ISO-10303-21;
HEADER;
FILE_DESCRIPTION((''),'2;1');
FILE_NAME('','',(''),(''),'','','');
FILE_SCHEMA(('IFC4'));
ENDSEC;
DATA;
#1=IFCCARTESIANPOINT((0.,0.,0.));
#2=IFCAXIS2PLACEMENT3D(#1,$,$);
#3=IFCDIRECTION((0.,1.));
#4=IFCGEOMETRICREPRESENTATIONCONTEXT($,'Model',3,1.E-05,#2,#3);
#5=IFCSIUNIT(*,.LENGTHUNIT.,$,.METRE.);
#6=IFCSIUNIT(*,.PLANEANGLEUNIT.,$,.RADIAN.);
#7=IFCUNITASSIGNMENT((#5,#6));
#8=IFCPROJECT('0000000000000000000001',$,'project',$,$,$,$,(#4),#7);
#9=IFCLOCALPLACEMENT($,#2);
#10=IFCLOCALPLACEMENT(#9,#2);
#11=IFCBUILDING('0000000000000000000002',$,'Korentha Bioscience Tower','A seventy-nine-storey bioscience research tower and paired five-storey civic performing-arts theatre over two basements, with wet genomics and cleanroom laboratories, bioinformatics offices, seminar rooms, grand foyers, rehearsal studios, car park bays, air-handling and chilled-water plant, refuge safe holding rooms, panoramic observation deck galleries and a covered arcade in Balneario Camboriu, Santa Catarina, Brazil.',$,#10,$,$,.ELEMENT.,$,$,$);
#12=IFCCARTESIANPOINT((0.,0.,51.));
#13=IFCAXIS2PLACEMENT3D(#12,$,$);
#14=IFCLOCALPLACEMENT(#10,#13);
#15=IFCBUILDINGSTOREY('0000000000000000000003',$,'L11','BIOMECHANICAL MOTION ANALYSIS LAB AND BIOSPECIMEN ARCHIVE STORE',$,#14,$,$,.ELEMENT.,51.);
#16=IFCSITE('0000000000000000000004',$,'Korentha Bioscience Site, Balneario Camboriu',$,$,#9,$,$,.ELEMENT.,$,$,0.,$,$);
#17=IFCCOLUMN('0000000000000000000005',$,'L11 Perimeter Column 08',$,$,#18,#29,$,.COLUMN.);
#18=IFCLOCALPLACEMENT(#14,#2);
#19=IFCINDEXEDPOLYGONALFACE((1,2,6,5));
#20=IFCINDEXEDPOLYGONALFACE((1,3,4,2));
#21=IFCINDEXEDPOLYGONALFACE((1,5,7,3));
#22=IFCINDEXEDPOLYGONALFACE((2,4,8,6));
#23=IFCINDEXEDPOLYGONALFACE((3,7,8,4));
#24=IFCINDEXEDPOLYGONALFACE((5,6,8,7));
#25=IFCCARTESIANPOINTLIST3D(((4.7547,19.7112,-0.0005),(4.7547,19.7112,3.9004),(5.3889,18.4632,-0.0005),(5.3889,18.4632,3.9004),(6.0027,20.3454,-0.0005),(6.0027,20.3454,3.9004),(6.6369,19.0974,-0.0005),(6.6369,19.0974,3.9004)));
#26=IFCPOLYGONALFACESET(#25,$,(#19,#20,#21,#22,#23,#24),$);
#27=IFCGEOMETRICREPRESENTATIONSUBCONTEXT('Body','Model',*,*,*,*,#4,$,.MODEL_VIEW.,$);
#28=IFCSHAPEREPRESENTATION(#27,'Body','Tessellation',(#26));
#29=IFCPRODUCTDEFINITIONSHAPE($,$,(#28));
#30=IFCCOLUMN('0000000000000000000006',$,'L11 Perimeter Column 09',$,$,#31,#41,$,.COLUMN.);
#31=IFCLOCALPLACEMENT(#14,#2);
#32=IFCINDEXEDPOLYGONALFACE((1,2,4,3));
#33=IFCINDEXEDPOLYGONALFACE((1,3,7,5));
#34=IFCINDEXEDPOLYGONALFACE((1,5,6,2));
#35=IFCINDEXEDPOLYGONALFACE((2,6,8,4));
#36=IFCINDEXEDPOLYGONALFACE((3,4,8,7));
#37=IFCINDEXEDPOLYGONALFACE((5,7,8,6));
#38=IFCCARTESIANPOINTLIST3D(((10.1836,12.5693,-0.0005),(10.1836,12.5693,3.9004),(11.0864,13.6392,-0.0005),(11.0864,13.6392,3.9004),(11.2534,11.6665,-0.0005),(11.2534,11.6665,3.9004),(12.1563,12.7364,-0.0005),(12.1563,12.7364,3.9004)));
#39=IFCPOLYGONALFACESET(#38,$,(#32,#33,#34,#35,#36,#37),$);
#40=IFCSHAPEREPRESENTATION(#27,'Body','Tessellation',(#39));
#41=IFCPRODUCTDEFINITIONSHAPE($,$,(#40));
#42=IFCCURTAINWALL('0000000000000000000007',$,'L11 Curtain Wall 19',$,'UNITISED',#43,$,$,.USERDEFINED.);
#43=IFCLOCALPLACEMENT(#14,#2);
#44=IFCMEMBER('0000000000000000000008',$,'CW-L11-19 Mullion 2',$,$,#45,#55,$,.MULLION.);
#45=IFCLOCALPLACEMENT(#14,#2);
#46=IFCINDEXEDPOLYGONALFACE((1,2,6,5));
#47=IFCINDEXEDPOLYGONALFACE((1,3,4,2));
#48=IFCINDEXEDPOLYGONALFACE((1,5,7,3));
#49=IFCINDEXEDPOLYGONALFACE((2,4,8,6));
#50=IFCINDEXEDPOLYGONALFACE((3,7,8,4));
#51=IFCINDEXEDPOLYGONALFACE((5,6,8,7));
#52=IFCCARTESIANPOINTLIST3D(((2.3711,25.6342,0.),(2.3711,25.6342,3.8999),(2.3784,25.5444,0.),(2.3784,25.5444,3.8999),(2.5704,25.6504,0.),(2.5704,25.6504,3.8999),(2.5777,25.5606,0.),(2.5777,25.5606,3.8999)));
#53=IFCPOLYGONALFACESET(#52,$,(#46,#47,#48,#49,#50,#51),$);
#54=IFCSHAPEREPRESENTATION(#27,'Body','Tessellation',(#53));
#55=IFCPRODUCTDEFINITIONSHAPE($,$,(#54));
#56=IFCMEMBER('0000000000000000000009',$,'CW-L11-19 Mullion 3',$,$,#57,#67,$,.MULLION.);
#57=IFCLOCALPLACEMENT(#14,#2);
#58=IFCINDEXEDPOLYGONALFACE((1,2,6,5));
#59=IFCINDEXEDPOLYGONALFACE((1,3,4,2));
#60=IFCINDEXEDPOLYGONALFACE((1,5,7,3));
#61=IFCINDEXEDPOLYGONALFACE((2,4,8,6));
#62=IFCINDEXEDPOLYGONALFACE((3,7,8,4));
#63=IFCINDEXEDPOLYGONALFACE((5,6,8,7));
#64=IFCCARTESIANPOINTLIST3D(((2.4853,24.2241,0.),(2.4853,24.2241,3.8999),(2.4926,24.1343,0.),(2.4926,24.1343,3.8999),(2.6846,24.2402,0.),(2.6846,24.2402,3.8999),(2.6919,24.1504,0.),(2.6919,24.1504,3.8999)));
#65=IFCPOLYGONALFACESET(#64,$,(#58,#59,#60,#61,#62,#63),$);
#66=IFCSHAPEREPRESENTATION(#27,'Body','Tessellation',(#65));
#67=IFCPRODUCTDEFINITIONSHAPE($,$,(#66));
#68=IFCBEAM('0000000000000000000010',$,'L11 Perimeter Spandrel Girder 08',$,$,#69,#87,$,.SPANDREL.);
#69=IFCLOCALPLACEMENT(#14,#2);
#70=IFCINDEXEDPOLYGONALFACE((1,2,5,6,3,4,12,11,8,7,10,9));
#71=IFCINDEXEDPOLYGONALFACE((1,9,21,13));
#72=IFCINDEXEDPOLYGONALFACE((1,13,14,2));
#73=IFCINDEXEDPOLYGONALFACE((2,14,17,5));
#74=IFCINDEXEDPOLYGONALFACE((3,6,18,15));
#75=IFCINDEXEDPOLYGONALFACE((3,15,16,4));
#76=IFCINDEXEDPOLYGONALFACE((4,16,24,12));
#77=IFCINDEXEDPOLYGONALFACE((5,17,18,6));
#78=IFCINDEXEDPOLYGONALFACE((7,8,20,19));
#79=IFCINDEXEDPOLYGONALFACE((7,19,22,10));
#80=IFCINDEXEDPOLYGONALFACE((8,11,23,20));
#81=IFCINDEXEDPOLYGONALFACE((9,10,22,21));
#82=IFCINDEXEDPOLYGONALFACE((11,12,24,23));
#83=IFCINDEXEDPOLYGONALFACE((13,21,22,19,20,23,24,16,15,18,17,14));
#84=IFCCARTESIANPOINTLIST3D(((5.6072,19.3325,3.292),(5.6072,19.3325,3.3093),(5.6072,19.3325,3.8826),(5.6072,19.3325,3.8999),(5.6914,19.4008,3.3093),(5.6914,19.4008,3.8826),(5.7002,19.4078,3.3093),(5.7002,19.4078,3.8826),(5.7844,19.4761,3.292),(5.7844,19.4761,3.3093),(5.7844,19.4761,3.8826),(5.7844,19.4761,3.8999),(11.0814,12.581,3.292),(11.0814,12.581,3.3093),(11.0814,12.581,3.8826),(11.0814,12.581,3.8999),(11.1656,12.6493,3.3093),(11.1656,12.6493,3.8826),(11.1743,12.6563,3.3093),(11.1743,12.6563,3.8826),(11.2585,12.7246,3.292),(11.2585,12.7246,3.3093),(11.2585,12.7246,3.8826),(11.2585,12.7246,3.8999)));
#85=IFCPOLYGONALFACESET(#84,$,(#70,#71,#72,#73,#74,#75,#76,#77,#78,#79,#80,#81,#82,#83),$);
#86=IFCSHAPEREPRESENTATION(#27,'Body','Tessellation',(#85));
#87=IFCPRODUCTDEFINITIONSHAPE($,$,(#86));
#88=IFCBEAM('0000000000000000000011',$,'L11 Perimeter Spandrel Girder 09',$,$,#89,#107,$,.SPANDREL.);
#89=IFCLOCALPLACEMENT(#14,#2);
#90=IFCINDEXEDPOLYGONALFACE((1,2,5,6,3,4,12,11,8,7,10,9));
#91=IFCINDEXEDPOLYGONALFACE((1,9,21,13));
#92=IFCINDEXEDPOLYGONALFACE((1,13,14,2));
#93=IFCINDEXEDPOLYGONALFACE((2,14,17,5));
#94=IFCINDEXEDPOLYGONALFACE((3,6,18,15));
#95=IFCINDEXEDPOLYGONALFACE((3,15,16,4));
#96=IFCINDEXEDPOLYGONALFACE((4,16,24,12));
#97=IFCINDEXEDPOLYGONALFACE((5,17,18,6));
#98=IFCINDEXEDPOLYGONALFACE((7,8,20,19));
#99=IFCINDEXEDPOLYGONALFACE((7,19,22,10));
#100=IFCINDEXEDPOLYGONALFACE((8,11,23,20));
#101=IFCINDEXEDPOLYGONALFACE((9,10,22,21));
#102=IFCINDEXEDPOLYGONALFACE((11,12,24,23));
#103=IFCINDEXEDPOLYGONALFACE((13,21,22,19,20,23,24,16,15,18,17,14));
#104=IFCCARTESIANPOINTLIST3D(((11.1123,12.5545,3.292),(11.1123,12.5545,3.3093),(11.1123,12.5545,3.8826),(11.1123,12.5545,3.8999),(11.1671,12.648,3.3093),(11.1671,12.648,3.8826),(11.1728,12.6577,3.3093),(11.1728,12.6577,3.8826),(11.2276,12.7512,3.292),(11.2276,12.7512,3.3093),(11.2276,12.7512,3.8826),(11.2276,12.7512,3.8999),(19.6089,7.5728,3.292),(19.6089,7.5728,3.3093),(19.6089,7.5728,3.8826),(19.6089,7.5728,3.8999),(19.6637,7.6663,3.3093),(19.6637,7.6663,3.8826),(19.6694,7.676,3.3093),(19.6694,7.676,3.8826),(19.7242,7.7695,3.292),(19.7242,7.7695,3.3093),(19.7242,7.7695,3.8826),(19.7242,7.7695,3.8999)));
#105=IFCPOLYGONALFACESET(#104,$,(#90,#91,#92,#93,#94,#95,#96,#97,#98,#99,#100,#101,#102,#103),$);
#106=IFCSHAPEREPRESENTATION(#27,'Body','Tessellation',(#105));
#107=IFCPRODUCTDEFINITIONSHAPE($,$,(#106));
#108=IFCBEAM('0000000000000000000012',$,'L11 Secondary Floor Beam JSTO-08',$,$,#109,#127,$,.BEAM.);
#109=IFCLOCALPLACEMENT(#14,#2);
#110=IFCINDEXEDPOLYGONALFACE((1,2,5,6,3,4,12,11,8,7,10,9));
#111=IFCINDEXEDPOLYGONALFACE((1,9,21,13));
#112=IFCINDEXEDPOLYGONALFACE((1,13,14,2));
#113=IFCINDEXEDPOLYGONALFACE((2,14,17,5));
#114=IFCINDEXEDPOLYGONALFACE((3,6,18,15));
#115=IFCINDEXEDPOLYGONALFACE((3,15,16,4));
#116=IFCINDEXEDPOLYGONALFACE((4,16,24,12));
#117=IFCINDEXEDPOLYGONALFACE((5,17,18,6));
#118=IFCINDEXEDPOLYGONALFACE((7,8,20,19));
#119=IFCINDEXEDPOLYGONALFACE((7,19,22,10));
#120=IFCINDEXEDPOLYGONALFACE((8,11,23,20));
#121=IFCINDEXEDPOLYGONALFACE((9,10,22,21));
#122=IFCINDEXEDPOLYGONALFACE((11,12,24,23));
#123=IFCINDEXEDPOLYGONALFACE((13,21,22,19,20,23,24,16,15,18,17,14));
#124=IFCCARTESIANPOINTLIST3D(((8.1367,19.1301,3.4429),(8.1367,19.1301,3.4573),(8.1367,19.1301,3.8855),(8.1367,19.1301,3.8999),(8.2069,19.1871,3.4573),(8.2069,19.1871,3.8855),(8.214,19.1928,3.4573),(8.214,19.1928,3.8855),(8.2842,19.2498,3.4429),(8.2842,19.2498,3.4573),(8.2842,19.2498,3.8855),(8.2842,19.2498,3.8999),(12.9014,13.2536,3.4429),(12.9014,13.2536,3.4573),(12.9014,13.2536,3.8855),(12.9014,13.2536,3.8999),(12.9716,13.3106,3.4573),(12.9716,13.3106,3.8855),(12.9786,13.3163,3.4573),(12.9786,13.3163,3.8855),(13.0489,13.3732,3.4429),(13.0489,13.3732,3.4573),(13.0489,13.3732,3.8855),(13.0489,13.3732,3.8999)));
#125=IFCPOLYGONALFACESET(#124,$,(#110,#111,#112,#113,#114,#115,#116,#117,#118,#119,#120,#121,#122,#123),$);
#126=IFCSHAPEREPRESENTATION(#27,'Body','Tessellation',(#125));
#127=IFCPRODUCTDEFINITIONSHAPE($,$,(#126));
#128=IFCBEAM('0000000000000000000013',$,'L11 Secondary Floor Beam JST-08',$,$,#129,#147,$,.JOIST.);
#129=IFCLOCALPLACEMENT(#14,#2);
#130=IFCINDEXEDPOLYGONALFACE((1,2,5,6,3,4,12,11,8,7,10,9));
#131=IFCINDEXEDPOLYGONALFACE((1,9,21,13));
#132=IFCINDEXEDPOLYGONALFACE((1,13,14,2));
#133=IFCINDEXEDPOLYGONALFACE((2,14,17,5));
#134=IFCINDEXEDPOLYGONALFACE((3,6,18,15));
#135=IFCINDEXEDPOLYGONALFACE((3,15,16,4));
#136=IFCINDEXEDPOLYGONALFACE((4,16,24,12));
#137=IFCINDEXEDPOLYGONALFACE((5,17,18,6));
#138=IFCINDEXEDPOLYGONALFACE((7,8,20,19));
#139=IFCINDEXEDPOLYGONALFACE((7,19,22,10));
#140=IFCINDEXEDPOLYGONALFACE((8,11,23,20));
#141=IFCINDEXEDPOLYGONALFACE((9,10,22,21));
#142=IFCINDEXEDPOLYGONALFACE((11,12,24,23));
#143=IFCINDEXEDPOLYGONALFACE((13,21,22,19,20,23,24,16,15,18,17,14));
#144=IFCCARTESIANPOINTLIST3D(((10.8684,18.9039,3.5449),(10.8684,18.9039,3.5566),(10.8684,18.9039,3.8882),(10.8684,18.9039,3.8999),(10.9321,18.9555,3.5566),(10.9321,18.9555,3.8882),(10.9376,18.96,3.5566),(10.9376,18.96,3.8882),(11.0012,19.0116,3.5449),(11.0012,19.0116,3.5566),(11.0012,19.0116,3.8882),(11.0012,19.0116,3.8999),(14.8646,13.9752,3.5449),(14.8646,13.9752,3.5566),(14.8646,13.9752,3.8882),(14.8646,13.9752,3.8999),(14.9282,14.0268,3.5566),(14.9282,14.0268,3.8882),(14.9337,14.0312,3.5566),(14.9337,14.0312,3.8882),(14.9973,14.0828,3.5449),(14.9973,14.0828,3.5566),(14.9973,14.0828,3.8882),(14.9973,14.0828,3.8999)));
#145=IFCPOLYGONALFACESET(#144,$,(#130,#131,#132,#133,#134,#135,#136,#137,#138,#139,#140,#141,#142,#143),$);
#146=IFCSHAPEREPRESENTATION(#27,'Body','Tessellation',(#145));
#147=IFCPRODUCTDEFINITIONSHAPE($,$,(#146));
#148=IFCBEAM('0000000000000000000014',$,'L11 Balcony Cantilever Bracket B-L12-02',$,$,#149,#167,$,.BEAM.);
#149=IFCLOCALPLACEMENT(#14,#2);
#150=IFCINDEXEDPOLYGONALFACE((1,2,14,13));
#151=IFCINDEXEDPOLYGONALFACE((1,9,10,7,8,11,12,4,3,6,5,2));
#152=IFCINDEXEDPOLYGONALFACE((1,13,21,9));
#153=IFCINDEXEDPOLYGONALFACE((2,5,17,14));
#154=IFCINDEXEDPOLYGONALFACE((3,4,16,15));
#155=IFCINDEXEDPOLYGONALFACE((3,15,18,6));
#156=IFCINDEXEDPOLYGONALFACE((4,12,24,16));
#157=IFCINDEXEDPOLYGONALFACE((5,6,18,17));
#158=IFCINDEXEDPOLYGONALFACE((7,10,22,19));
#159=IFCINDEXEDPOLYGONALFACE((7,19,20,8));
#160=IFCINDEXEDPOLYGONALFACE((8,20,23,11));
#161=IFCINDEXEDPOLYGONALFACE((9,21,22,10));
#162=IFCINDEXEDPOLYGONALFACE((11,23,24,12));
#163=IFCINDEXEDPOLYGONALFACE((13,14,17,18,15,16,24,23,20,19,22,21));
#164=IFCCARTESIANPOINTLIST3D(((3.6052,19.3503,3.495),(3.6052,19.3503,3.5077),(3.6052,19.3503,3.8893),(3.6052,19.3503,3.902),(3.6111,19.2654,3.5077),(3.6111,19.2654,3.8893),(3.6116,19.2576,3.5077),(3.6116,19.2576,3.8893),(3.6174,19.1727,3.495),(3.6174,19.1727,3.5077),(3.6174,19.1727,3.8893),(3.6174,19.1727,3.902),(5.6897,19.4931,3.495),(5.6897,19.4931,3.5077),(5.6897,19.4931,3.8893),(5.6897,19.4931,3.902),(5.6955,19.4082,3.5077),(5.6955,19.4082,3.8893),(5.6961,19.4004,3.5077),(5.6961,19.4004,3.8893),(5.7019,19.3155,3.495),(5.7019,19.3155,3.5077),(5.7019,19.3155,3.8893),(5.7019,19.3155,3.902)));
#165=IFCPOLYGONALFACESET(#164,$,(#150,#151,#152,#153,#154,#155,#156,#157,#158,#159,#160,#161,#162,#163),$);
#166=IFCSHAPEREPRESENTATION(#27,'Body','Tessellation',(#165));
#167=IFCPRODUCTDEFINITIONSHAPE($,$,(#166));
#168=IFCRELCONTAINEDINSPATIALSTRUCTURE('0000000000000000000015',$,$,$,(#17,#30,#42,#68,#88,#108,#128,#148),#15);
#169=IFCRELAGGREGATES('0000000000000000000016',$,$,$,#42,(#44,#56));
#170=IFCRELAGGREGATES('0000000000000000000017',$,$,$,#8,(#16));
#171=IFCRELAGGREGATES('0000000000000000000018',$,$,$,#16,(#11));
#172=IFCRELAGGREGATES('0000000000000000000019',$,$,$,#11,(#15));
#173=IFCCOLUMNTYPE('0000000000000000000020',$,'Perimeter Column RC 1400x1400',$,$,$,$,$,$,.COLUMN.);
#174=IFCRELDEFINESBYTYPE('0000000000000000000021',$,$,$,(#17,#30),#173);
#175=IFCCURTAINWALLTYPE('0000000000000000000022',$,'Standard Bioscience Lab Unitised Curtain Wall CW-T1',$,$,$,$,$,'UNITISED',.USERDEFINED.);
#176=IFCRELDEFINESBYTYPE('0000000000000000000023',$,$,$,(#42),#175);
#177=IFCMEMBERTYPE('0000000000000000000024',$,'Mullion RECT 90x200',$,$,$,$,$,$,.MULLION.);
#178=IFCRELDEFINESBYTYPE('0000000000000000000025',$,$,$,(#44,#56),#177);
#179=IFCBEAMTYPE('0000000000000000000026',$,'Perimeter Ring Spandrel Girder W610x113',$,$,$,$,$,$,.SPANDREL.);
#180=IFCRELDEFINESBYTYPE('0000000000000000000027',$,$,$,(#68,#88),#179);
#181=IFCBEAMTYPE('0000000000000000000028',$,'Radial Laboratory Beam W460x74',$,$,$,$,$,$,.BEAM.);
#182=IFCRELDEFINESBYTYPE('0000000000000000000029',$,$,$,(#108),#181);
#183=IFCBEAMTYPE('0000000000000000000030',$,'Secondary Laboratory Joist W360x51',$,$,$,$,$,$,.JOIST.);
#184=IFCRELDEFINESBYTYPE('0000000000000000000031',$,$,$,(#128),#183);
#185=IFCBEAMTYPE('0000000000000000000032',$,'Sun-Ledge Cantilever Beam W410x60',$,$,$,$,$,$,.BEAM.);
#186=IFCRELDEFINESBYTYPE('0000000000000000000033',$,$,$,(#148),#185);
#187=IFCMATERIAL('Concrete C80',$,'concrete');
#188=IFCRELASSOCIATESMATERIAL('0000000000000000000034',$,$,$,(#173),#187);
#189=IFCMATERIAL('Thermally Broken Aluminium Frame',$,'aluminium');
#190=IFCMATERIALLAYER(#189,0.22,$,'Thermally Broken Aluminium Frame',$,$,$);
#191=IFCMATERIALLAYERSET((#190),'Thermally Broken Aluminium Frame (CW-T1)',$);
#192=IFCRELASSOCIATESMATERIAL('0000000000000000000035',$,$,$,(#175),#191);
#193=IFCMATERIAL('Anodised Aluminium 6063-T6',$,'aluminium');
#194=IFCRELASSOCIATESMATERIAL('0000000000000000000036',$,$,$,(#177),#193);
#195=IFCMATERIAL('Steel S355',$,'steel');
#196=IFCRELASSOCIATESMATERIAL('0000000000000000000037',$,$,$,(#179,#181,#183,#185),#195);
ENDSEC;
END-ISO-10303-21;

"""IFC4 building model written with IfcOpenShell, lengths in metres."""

from ifc_helpers import new_model, si_unit, direction, frame, origin, origin_2d, place, context, subcontext, project, spatial, rectangle, i_section, extrude, material, layer, layer_set, material_profile, profile_set, type_object, element, aggregate, save


model = new_model("IFC4")

# Units and contexts
model_context = context("Model", 3, precision=1e-05, world=origin(), true_north=direction((0.0, 1.0)))
body_context = subcontext(model_context, "Body", "Model", "MODEL_VIEW")
ifc_project = project(units=[si_unit("LENGTHUNIT", "METRE"), si_unit("PLANEANGLEUNIT", "RADIAN")], contexts=[model_context])

# Site, building, storey
site_placement = place(None, origin())
site = spatial("IfcSite", under=ifc_project, at=site_placement, Name="Korentha Bioscience Site, Balneario Camboriu", CompositionType="ELEMENT", RefElevation=0.0)
building_placement = place(site_placement, origin())
building = spatial("IfcBuilding", under=site, at=building_placement, Name="Korentha Bioscience Tower", Description="A seventy-nine-storey bioscience research tower and paired five-storey civic performing-arts theatre over two basements, with wet genomics and cleanroom laboratories, bioinformatics offices, seminar rooms, grand foyers, rehearsal studios, car park bays, air-handling and chilled-water plant, refuge safe holding rooms, panoramic observation deck galleries and a covered arcade in Balneario Camboriu, Santa Catarina, Brazil.", CompositionType="ELEMENT")
storey_placement = place(building_placement, frame((0.0, 0.0, 51.0)))
storey = spatial("IfcBuildingStorey", under=building, at=storey_placement, Name="L11", Description="BIOMECHANICAL MOTION ANALYSIS LAB AND BIOSPECIMEN ARCHIVE STORE", CompositionType="ELEMENT", Elevation=51.0)

# Columns
ifc_material_1 = material(Name="Concrete C80", Category="concrete")
ifc_material_profile_1 = material_profile(ifc_material_1, rectangle(XDim=1.3999, YDim=1.3999, at=origin_2d()), Name="Concrete C80")
ifc_profile_set_1 = profile_set([ifc_material_profile_1], Name="Concrete C80 (COL-P14)")
column_type = type_object("IfcColumnType", Name="Perimeter Column RC 1400x1400", PredefinedType="COLUMN", material=ifc_profile_set_1)
for number, where, z_axis, x_axis, name in (
    (1, (5.6958, 19.4043, -0.0005), (0.0, 0.0, 1.0), (-0.453057, 0.891481, 0.0), "L11 Perimeter Column 08"),
    (2, (11.1699, 12.6528, -0.0005), (0.0, 0.0, 1.0), (-0.764246, 0.644924, 0.0), "L11 Perimeter Column 09"),
):
    element("IfcColumn", number, at=place(storey_placement, frame(where, z_axis=z_axis, x_axis=x_axis)), inside=storey, type_object=column_type, Name=name, PredefinedType="COLUMN", context=body_context, shape_type="SweptSolid", body=[
        extrude(rectangle(XDim=1.3999, YDim=1.3999, at=origin_2d()), origin(), (0.0, 0.0, 1.0), 3.9009),
    ])

# Curtain wall, members
ifc_material_2 = material(Name="Thermally Broken Aluminium Frame", Category="aluminium")
ifc_layer_1 = layer(ifc_material_2, 0.22, Name="Thermally Broken Aluminium Frame")
ifc_layer_set_1 = layer_set([ifc_layer_1], Name="Thermally Broken Aluminium Frame (CW-T1)")
curtain_wall_type = type_object("IfcCurtainWallType", Name="Standard Bioscience Lab Unitised Curtain Wall CW-T1", ElementType="UNITISED", PredefinedType="USERDEFINED", material=ifc_layer_set_1)
curtain_wall_placement = place(storey_placement, origin())
curtain_wall = element("IfcCurtainWall", 3, at=curtain_wall_placement, inside=storey, type_object=curtain_wall_type, Name="L11 Curtain Wall 19", ObjectType="UNITISED", PredefinedType="USERDEFINED")
ifc_material_3 = material(Name="Anodised Aluminium 6063-T6", Category="aluminium")
ifc_material_profile_2 = material_profile(ifc_material_3, rectangle(XDim=0.0901, YDim=0.2, at=origin_2d()), Name="Anodised Aluminium 6063-T6")
ifc_profile_set_2 = profile_set([ifc_material_profile_2], Name="Anodised Aluminium 6063-T6 (CW-MUL)")
member_type_1 = type_object("IfcMemberType", Name="Mullion RECT 90x200", PredefinedType="MULLION", material=ifc_profile_set_2)
member_1_placement = place(storey_placement, frame((2.4744, 25.5974, 0.0), z_axis=(0.0, 0.0, 1.0), x_axis=(0.08082, -0.996729, 0.0)))
member_1 = element("IfcMember", 4, at=member_1_placement, type_object=member_type_1, Name="CW-L11-19 Mullion 2", PredefinedType="MULLION", context=body_context, shape_type="SweptSolid", body=[
    extrude(rectangle(XDim=0.0901, YDim=0.2, at=origin_2d()), origin(), (0.0, 0.0, 1.0), 3.8999),
])
member_2_placement = place(storey_placement, frame((2.5886, 24.1873, 0.0), z_axis=(0.0, 0.0, 1.0), x_axis=(0.08082, -0.996729, 0.0)))
member_2 = element("IfcMember", 5, at=member_2_placement, type_object=member_type_1, Name="CW-L11-19 Mullion 3", PredefinedType="MULLION", context=body_context, shape_type="SweptSolid", body=[
    extrude(rectangle(XDim=0.0901, YDim=0.2, at=origin_2d()), origin(), (0.0, 0.0, 1.0), 3.8999),
])

# Beams
ifc_material_4 = material(Name="Steel S355", Category="steel")
ifc_material_profile_3 = material_profile(ifc_material_4, i_section(OverallWidth=0.228, OverallDepth=0.6079, WebThickness=0.0112, FlangeThickness=0.0173, at=origin_2d()), Name="Steel S355")
ifc_profile_set_3 = profile_set([ifc_material_profile_3], Name="Steel S355 (SB-610)")
beam_type_1 = type_object("IfcBeamType", Name="Perimeter Ring Spandrel Girder W610x113", PredefinedType="SPANDREL", material=ifc_profile_set_3)
beam_1_placement = place(storey_placement, frame((5.6958, 19.4043, 3.5959), z_axis=(0.629799, -0.776758, 0.0), x_axis=(0.776758, 0.629799, 0.0)))
element("IfcBeam", 6, at=beam_1_placement, inside=storey, type_object=beam_type_1, Name="L11 Perimeter Spandrel Girder 08", PredefinedType="SPANDREL", context=body_context, shape_type="SweptSolid", body=[
    extrude(i_section(OverallWidth=0.228, OverallDepth=0.6079, WebThickness=0.0112, FlangeThickness=0.0173, at=origin_2d()), origin(), (0.0, 0.0, 1.0), 8.6919),
])
beam_2_placement = place(storey_placement, frame((11.1699, 12.6528, 3.5959), z_axis=(0.862657, -0.50579, 0.0), x_axis=(0.50579, 0.862657, 0.0)))
element("IfcBeam", 7, at=beam_2_placement, inside=storey, type_object=beam_type_1, Name="L11 Perimeter Spandrel Girder 09", PredefinedType="SPANDREL", context=body_context, shape_type="SweptSolid", body=[
    extrude(i_section(OverallWidth=0.228, OverallDepth=0.6079, WebThickness=0.0112, FlangeThickness=0.0173, at=origin_2d()), origin(), (0.0, 0.0, 1.0), 9.8494),
])
ifc_material_profile_4 = material_profile(ifc_material_4, i_section(OverallWidth=0.1899, OverallDepth=0.457, WebThickness=0.009, FlangeThickness=0.0144, at=origin_2d()), Name="Steel S355")
ifc_profile_set_4 = profile_set([ifc_material_profile_4], Name="Steel S355 (RB-460)")
beam_type_2 = type_object("IfcBeamType", Name="Radial Laboratory Beam W460x74", PredefinedType="BEAM", material=ifc_profile_set_4)
beam_3_placement = place(storey_placement, frame((8.2104, 19.1899, 3.6714), z_axis=(0.629798, -0.776759, 0.0), x_axis=(0.776759, 0.629798, 0.0)))
element("IfcBeam", 8, at=beam_3_placement, inside=storey, type_object=beam_type_2, Name="L11 Secondary Floor Beam JSTO-08", PredefinedType="BEAM", context=body_context, shape_type="SweptSolid", body=[
    extrude(i_section(OverallWidth=0.1899, OverallDepth=0.457, WebThickness=0.009, FlangeThickness=0.0144, at=origin_2d()), origin(), (0.0, 0.0, 1.0), 7.5654),
])
ifc_material_profile_5 = material_profile(ifc_material_4, i_section(OverallWidth=0.1709, OverallDepth=0.355, WebThickness=0.0071, FlangeThickness=0.0117, at=origin_2d()), Name="Steel S355")
ifc_profile_set_5 = profile_set([ifc_material_profile_5], Name="Steel S355 (JB-360)")
beam_type_3 = type_object("IfcBeamType", Name="Secondary Laboratory Joist W360x51", PredefinedType="JOIST", material=ifc_profile_set_5)
beam_4_placement = place(storey_placement, frame((10.9348, 18.9578, 3.7224), z_axis=(0.629787, -0.776768, 0.0), x_axis=(0.776768, 0.629787, 0.0)))
element("IfcBeam", 9, at=beam_4_placement, inside=storey, type_object=beam_type_3, Name="L11 Secondary Floor Beam JST-08", PredefinedType="JOIST", context=body_context, shape_type="SweptSolid", body=[
    extrude(i_section(OverallWidth=0.1709, OverallDepth=0.355, WebThickness=0.0071, FlangeThickness=0.0117, at=origin_2d()), origin(), (0.0, 0.0, 1.0), 6.3452),
])
ifc_material_profile_6 = material_profile(ifc_material_4, i_section(OverallWidth=0.178, OverallDepth=0.407, WebThickness=0.0078, FlangeThickness=0.0127, at=origin_2d()), Name="Steel S355")
ifc_profile_set_6 = profile_set([ifc_material_profile_6], Name="Steel S355 (CB-410)")
beam_type_4 = type_object("IfcBeamType", Name="Sun-Ledge Cantilever Beam W410x60", PredefinedType="BEAM", material=ifc_profile_set_6)
beam_5_placement = place(storey_placement, frame((5.6958, 19.4043, 3.6985), z_axis=(-0.997661, -0.068357, 0.0), x_axis=(0.068357, -0.997661, 0.0)))
element("IfcBeam", 10, at=beam_5_placement, inside=storey, type_object=beam_type_4, Name="L11 Balcony Cantilever Bracket B-L12-02", PredefinedType="BEAM", context=body_context, shape_type="SweptSolid", body=[
    extrude(i_section(OverallWidth=0.178, OverallDepth=0.407, WebThickness=0.0078, FlangeThickness=0.0127, at=origin_2d()), origin(), (0.0, 0.0, 1.0), 2.0894),
])

aggregate(curtain_wall, [member_1, member_2])

save(model, "model.ifc")
